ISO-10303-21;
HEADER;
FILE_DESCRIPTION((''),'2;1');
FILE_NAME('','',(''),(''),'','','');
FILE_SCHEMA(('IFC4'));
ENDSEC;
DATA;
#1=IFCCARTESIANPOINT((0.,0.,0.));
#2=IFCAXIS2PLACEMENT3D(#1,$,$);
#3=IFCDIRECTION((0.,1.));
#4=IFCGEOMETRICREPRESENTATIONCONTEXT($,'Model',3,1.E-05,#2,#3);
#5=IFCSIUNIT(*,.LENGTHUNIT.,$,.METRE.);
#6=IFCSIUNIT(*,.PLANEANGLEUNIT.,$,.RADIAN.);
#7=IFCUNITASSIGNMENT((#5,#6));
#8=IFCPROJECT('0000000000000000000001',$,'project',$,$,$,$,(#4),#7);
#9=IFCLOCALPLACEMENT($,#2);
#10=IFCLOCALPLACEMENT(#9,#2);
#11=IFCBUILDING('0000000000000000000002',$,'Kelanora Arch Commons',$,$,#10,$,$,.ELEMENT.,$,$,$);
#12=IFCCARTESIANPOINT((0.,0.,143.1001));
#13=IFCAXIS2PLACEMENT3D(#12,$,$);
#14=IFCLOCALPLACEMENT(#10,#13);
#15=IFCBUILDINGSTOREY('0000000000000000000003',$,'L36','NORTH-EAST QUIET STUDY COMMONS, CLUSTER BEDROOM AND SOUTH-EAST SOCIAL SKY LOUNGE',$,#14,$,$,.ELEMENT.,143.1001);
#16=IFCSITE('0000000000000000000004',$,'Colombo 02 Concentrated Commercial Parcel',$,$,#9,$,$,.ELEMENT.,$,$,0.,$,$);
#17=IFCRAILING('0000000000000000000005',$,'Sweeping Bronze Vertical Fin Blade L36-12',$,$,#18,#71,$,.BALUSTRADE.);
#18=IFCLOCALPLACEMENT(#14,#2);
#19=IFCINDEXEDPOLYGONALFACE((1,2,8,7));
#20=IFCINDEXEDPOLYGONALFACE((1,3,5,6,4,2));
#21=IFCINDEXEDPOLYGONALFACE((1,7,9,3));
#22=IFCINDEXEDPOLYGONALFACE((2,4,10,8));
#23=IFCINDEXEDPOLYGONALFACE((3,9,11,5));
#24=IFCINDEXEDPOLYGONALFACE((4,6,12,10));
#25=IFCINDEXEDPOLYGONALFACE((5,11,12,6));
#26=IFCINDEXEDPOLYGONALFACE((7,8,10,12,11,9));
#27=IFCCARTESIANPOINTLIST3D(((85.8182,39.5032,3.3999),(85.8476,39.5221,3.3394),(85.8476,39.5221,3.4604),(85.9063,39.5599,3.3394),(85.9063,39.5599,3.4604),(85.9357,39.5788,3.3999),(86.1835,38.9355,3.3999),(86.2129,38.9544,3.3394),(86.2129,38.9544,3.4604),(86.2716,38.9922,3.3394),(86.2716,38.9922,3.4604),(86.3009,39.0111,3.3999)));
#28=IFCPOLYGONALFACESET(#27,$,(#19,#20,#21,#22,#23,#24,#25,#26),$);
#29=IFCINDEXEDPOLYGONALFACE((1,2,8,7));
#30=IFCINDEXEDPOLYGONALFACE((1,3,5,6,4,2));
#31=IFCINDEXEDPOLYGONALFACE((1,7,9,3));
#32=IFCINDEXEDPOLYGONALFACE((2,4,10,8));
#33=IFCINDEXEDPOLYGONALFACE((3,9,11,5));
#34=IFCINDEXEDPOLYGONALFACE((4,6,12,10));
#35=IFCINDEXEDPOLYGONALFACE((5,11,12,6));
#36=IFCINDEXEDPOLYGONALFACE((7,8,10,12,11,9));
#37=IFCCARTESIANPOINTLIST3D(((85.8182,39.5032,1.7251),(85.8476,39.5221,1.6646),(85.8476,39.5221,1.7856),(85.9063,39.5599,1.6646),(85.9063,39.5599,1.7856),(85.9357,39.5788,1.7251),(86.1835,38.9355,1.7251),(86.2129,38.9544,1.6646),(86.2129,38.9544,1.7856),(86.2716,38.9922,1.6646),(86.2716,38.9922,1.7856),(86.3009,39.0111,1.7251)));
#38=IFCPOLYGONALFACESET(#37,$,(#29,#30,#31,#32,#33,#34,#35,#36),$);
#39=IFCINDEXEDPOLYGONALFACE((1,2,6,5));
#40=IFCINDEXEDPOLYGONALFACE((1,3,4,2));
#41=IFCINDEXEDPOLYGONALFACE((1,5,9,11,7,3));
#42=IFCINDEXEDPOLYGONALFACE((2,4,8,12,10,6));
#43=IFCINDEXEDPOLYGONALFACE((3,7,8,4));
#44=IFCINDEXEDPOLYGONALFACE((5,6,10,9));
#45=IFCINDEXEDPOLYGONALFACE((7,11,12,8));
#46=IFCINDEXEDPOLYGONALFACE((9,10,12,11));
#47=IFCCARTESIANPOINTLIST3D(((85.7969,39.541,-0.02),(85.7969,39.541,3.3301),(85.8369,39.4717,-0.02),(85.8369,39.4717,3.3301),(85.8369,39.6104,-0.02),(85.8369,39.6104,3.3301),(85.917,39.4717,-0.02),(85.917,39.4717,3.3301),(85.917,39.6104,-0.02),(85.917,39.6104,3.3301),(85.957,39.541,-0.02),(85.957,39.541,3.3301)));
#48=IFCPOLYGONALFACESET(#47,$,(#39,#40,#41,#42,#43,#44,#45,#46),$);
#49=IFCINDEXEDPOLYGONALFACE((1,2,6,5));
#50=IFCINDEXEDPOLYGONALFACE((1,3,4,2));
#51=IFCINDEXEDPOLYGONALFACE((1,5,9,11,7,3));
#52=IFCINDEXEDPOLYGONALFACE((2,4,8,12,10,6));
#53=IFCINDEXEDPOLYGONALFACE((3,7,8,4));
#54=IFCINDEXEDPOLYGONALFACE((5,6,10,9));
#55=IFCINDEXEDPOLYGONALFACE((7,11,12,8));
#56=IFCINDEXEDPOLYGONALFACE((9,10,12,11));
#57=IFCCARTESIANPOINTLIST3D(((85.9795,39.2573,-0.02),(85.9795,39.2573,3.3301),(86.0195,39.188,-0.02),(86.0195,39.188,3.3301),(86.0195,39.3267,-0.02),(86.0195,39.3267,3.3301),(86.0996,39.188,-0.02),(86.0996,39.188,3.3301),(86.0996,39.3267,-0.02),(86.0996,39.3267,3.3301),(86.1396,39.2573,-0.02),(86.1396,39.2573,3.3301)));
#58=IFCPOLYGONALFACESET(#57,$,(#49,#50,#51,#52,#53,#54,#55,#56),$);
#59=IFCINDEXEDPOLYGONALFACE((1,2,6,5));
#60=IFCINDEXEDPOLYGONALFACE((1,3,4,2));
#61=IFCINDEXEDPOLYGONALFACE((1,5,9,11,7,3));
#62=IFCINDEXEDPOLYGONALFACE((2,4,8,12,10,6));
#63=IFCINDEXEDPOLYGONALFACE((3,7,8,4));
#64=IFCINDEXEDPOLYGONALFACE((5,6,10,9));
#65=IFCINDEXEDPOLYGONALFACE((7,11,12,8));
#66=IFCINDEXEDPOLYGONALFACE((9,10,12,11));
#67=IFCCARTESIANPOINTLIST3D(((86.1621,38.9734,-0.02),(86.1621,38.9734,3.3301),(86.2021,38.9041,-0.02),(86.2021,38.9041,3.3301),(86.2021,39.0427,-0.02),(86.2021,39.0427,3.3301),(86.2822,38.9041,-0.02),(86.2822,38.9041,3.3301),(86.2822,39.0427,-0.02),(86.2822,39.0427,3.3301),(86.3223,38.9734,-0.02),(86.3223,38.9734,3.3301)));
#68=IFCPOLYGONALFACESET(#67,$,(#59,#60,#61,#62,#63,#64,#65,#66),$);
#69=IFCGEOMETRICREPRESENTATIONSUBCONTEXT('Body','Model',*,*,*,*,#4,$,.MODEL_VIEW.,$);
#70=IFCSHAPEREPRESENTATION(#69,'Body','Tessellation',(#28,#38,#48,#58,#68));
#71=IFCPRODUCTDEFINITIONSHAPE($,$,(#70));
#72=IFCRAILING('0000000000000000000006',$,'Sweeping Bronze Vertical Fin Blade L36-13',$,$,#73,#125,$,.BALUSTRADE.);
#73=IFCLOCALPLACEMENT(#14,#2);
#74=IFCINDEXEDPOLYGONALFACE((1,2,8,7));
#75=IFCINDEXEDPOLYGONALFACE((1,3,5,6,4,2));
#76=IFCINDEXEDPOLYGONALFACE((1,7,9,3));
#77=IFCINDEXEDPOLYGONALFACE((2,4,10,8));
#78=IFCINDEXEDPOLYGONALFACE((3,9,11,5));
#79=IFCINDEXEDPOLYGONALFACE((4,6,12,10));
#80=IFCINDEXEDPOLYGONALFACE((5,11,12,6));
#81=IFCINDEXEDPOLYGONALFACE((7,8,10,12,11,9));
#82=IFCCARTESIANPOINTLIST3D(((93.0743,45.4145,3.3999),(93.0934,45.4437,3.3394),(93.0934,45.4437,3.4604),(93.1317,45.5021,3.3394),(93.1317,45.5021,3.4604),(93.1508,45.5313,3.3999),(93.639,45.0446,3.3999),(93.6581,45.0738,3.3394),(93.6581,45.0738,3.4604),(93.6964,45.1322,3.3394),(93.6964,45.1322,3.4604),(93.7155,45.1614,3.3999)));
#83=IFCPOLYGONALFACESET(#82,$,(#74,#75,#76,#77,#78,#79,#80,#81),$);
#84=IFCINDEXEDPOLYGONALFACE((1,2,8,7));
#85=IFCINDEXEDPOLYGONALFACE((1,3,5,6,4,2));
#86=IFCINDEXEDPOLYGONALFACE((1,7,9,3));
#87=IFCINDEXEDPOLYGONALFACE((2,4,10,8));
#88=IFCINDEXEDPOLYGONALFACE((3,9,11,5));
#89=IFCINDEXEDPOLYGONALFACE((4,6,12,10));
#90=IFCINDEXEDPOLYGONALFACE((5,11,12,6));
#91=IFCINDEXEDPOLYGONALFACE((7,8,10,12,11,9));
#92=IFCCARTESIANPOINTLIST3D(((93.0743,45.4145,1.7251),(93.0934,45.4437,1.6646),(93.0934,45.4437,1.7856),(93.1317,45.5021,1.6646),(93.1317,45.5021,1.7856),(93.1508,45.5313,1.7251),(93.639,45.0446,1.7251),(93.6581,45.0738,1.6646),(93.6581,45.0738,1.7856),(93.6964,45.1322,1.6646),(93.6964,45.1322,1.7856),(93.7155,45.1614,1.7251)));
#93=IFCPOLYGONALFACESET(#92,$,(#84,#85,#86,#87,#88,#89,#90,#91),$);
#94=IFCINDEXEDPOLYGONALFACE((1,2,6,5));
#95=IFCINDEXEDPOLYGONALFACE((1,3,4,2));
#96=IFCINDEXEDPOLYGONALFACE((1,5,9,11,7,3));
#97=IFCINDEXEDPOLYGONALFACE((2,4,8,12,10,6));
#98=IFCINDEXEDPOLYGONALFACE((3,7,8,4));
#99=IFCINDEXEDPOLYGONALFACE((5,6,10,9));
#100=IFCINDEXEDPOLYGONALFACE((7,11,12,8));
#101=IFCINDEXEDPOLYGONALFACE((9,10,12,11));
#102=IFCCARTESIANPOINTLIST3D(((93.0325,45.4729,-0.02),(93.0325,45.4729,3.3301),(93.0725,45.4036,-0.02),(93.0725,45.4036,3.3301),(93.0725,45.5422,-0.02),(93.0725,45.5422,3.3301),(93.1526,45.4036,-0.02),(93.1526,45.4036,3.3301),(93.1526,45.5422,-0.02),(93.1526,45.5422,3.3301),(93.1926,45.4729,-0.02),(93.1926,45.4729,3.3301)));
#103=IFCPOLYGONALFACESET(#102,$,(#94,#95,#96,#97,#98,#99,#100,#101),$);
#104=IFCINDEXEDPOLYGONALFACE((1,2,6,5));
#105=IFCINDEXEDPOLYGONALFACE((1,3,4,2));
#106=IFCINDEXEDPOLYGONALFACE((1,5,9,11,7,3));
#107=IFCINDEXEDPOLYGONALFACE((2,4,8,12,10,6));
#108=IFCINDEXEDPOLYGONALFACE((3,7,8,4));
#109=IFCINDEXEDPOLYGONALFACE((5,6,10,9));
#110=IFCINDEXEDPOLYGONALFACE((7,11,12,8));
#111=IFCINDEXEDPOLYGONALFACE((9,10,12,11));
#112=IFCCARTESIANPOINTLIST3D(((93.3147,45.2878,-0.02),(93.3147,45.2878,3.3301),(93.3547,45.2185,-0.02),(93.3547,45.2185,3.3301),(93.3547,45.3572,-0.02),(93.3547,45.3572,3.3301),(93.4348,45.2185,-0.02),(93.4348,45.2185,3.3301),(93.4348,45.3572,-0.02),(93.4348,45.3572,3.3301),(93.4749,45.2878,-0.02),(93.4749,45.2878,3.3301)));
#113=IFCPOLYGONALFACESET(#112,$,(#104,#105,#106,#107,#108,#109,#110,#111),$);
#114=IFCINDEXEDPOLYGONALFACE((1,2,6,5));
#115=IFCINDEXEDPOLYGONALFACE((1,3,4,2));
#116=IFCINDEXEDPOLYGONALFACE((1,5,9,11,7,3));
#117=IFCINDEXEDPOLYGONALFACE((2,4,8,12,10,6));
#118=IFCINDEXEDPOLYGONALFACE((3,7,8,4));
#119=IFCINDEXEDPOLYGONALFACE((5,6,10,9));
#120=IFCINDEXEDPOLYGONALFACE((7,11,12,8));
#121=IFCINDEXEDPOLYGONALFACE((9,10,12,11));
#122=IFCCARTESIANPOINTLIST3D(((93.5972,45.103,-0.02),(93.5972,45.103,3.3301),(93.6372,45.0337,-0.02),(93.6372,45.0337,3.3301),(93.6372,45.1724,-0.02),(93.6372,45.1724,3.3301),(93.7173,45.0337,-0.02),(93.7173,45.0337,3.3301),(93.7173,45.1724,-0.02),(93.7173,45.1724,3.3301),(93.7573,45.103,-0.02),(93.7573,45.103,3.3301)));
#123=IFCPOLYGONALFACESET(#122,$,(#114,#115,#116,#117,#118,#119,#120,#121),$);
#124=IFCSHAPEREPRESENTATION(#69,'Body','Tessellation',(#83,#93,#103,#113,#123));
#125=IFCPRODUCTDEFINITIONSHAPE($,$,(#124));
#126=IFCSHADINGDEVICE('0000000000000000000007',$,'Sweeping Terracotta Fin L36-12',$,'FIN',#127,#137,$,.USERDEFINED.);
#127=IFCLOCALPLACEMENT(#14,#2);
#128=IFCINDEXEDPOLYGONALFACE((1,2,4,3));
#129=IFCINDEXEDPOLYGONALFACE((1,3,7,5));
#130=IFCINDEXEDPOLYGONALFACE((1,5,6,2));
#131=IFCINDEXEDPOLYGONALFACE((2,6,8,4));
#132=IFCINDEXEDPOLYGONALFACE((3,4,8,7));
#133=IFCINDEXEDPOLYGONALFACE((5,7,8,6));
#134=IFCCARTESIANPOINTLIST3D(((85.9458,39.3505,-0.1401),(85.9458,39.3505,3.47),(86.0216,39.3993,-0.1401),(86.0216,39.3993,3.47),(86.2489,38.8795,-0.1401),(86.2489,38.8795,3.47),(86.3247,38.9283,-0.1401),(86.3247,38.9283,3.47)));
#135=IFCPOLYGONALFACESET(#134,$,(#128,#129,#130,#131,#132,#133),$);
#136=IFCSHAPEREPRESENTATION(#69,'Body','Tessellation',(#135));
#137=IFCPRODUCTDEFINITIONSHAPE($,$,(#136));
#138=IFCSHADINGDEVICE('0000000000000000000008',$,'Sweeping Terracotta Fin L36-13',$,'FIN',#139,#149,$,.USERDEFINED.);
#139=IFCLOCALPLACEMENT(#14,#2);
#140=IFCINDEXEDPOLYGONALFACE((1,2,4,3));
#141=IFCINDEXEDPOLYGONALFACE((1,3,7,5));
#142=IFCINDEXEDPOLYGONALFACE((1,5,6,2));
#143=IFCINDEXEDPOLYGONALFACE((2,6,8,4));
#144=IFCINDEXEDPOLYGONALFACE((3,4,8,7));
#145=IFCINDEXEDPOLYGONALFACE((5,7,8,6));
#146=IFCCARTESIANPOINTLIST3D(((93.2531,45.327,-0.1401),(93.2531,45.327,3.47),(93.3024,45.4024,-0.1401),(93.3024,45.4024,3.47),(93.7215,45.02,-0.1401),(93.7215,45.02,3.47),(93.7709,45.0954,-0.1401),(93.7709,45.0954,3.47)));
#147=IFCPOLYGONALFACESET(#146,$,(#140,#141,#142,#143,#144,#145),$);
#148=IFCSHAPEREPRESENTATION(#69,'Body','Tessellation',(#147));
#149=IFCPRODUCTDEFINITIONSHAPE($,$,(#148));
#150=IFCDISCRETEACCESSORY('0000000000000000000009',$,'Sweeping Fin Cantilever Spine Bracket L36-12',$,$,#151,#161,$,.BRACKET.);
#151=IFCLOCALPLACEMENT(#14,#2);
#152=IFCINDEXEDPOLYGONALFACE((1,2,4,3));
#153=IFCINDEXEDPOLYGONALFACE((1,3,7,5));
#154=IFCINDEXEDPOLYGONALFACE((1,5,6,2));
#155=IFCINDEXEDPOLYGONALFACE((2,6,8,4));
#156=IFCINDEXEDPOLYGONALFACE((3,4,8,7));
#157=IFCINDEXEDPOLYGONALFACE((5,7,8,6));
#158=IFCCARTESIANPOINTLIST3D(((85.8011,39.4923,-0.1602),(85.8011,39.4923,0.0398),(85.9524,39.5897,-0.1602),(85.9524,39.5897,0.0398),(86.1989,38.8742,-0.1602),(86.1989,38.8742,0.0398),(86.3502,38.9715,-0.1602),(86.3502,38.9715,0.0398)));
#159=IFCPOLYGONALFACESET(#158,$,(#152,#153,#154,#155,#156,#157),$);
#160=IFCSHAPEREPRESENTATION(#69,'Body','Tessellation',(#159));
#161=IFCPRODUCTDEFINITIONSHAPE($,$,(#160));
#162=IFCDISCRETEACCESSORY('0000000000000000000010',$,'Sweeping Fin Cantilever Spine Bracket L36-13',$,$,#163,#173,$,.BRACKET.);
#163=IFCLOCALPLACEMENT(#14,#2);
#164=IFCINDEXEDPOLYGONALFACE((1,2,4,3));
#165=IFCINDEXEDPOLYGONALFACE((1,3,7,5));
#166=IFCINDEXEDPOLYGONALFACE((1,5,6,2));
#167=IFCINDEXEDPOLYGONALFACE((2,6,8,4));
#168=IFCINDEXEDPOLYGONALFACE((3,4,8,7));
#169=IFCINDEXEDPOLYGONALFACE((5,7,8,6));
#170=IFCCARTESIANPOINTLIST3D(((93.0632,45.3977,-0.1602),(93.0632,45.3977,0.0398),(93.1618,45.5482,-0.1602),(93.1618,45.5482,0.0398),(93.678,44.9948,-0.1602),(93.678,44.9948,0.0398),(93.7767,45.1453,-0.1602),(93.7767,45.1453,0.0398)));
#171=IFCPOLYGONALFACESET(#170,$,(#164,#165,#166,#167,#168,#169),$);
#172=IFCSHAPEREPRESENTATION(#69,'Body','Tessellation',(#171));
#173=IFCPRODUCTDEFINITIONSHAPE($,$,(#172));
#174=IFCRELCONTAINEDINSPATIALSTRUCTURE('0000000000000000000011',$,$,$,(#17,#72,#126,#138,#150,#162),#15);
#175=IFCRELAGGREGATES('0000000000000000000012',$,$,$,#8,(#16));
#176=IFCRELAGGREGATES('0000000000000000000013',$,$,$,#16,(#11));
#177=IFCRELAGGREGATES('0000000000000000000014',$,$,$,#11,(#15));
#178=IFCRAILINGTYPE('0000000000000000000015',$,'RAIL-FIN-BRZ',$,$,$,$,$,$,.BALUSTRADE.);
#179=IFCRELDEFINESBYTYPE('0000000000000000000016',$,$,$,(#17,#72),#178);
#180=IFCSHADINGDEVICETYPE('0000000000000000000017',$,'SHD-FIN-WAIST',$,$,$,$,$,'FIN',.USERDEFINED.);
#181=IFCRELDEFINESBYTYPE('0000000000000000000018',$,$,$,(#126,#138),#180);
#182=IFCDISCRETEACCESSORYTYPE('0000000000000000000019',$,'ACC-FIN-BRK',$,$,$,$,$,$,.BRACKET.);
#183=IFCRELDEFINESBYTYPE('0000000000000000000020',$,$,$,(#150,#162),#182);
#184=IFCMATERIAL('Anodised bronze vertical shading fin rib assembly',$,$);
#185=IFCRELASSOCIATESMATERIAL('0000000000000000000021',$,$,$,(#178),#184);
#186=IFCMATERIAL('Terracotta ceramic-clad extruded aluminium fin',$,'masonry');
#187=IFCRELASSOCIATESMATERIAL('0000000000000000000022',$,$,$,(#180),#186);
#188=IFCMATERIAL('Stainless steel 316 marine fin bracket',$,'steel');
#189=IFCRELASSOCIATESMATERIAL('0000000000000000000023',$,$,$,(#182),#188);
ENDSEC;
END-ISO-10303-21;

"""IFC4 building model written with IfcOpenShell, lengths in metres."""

from ifc_helpers import new_model, si_unit, direction, frame, origin, origin_2d, place, context, subcontext, project, spatial, polyline, rectangle, outline, extrude, source, transform, mapped, material, type_object, element, save


model = new_model("IFC4")

# Units and contexts
model_context = context("Model", 3, precision=1e-05, world=origin(), true_north=direction((0.0, 1.0)))
body_context = subcontext(model_context, "Body", "Model", "MODEL_VIEW")
ifc_project = project(units=[si_unit("LENGTHUNIT", "METRE"), si_unit("PLANEANGLEUNIT", "RADIAN")], contexts=[model_context])

# Site, building, storey
site_placement = place(None, origin())
site = spatial("IfcSite", under=ifc_project, at=site_placement, Name="Colombo 02 Concentrated Commercial Parcel", CompositionType="ELEMENT", RefElevation=0.0)
building_placement = place(site_placement, origin())
building = spatial("IfcBuilding", under=site, at=building_placement, Name="Kelanora Arch Commons", CompositionType="ELEMENT")
storey_placement = place(building_placement, frame((0.0, 0.0, 143.1001)))
storey = spatial("IfcBuildingStorey", under=building, at=storey_placement, Name="L36", Description="NORTH-EAST QUIET STUDY COMMONS, CLUSTER BEDROOM AND SOUTH-EAST SOCIAL SKY LOUNGE", CompositionType="ELEMENT", Elevation=143.1001)

# Railings
ifc_material_1 = material(Name="Anodised bronze vertical shading fin rib assembly")
railing_type = type_object("IfcRailingType", Name="RAIL-FIN-BRZ", PredefinedType="BALUSTRADE", material=ifc_material_1)
railing_1_placement = place(storey_placement, frame((85.877, 39.541, -0.02)))
element("IfcRailing", 1, at=railing_1_placement, inside=storey, type_object=railing_type, Name="Sweeping Bronze Vertical Fin Blade L36-12", PredefinedType="BALUSTRADE", context=body_context, shape_type="SweptSolid", body=[
    extrude(outline(polyline([(0.0698, 0.0), (0.0349, 0.0605), (-0.0349, 0.0605), (-0.0698, 0.0), (-0.0349, -0.0605), (0.0349, -0.0605), (0.0698, 0.0)])), frame((0.0, 0.0, 3.4199), z_axis=(0.541105, -0.840955, 0.0), x_axis=(0.840955, 0.541105, 0.0)), (0.0, 0.0, 1.0), 0.675),
    extrude(outline(polyline([(0.0698, 0.0), (0.0349, 0.0605), (-0.0349, 0.0605), (-0.0698, 0.0), (-0.0349, -0.0605), (0.0349, -0.0605), (0.0698, 0.0)])), frame((0.0, 0.0, 1.7451), z_axis=(0.541105, -0.840955, 0.0), x_axis=(0.840955, 0.541105, 0.0)), (0.0, 0.0, 1.0), 0.675),
    extrude(outline(polyline([(0.0801, 0.0), (0.04, 0.0693), (-0.04, 0.0693), (-0.0801, 0.0), (-0.04, -0.0693), (0.04, -0.0693), (0.0801, 0.0)])), origin(), (0.0, 0.0, 1.0), 3.3501),
    extrude(outline(polyline([(0.0801, 0.0), (0.04, 0.0693), (-0.04, 0.0693), (-0.0801, 0.0), (-0.04, -0.0693), (0.04, -0.0693), (0.0801, 0.0)])), frame((0.1826, -0.2837, 0.0)), (0.0, 0.0, 1.0), 3.3501),
    extrude(outline(polyline([(0.0801, 0.0), (0.04, 0.0693), (-0.04, 0.0693), (-0.0801, 0.0), (-0.04, -0.0693), (0.04, -0.0693), (0.0801, 0.0)])), frame((0.3652, -0.5676, 0.0)), (0.0, 0.0, 1.0), 3.3501),
])
railing_2_placement = place(storey_placement, frame((93.1125, 45.4729, -0.02)))
element("IfcRailing", 2, at=railing_2_placement, inside=storey, type_object=railing_type, Name="Sweeping Bronze Vertical Fin Blade L36-13", PredefinedType="BALUSTRADE", context=body_context, shape_type="SweptSolid", body=[
    extrude(outline(polyline([(0.0698, 0.0), (0.0349, 0.0605), (-0.0349, 0.0605), (-0.0698, 0.0), (-0.0349, -0.0605), (0.0349, -0.0605), (0.0698, 0.0)])), frame((0.0, 0.0, 3.4199), z_axis=(0.83653, -0.547922, 0.0), x_axis=(0.547922, 0.83653, 0.0)), (0.0, 0.0, 1.0), 0.675),
    extrude(outline(polyline([(0.0698, 0.0), (0.0349, 0.0605), (-0.0349, 0.0605), (-0.0698, 0.0), (-0.0349, -0.0605), (0.0349, -0.0605), (0.0698, 0.0)])), frame((0.0, 0.0, 1.7451), z_axis=(0.83653, -0.547922, 0.0), x_axis=(0.547922, 0.83653, 0.0)), (0.0, 0.0, 1.0), 0.675),
    extrude(outline(polyline([(0.0801, 0.0), (0.04, 0.0693), (-0.04, 0.0693), (-0.0801, 0.0), (-0.04, -0.0693), (0.04, -0.0693), (0.0801, 0.0)])), origin(), (0.0, 0.0, 1.0), 3.3501),
    extrude(outline(polyline([(0.0801, 0.0), (0.04, 0.0693), (-0.04, 0.0693), (-0.0801, 0.0), (-0.04, -0.0693), (0.04, -0.0693), (0.0801, 0.0)])), frame((0.2822, -0.1851, 0.0)), (0.0, 0.0, 1.0), 3.3501),
    extrude(outline(polyline([(0.0801, 0.0), (0.04, 0.0693), (-0.04, 0.0693), (-0.0801, 0.0), (-0.04, -0.0693), (0.04, -0.0693), (0.0801, 0.0)])), frame((0.5647, -0.3699, 0.0)), (0.0, 0.0, 1.0), 3.3501),
])

# Shading devices
ifc_material_2 = material(Name="Terracotta ceramic-clad extruded aluminium fin", Category="masonry")
shading_device_type = type_object("IfcShadingDeviceType", Name="SHD-FIN-WAIST", ElementType="FIN", PredefinedType="USERDEFINED", material=ifc_material_2)
shared_shape_1 = source(origin(), body_context, "Body", "SweptSolid", [
    extrude(rectangle(XDim=0.5601, YDim=0.0901, at=origin_2d()), origin(), (0.0, 0.0, 1.0), 3.6101),
])
for number, where, z_axis, x_axis, name in (
    (3, (86.1353, 39.1394, -0.1401), (0.0, 0.0, 1.0), (0.541121, -0.840945, 0.0), "Sweeping Terracotta Fin L36-12"),
    (4, (93.512, 45.2112, -0.1401), (0.0, 0.0, 1.0), (0.836382, -0.548147, 0.0), "Sweeping Terracotta Fin L36-13"),
):
    element("IfcShadingDevice", number, at=place(storey_placement, frame(where, z_axis=z_axis, x_axis=x_axis)), inside=storey, type_object=shading_device_type, Name=name, ObjectType="FIN", PredefinedType="USERDEFINED", context=body_context, shape_type="MappedRepresentation", body=[
        mapped(shared_shape_1, transform((0.0, 0.0, 0.0), scale=1.0)),
    ])

# Discrete accessories
ifc_material_3 = material(Name="Stainless steel 316 marine fin bracket", Category="steel")
discrete_accessory_type = type_object("IfcDiscreteAccessoryType", Name="ACC-FIN-BRK", PredefinedType="BRACKET", material=ifc_material_3)
shared_shape_2 = source(origin(), body_context, "Body", "SweptSolid", [
    extrude(rectangle(XDim=0.7351, YDim=0.1799, at=origin_2d()), origin(), (0.0, 0.0, 1.0), 0.2),
])
for number, where, z_axis, x_axis, name in (
    (5, (86.0757, 39.2319, -0.1602), (0.0, 0.0, 1.0), (0.541121, -0.840945, 0.0), "Sweeping Fin Cantilever Spine Bracket L36-12"),
    (6, (93.4199, 45.2715, -0.1602), (0.0, 0.0, 1.0), (0.836382, -0.548147, 0.0), "Sweeping Fin Cantilever Spine Bracket L36-13"),
):
    element("IfcDiscreteAccessory", number, at=place(storey_placement, frame(where, z_axis=z_axis, x_axis=x_axis)), inside=storey, type_object=discrete_accessory_type, Name=name, PredefinedType="BRACKET", context=body_context, shape_type="MappedRepresentation", body=[
        mapped(shared_shape_2, transform((0.0, 0.0, 0.0), scale=1.0)),
    ])

save(model, "model.ifc")
